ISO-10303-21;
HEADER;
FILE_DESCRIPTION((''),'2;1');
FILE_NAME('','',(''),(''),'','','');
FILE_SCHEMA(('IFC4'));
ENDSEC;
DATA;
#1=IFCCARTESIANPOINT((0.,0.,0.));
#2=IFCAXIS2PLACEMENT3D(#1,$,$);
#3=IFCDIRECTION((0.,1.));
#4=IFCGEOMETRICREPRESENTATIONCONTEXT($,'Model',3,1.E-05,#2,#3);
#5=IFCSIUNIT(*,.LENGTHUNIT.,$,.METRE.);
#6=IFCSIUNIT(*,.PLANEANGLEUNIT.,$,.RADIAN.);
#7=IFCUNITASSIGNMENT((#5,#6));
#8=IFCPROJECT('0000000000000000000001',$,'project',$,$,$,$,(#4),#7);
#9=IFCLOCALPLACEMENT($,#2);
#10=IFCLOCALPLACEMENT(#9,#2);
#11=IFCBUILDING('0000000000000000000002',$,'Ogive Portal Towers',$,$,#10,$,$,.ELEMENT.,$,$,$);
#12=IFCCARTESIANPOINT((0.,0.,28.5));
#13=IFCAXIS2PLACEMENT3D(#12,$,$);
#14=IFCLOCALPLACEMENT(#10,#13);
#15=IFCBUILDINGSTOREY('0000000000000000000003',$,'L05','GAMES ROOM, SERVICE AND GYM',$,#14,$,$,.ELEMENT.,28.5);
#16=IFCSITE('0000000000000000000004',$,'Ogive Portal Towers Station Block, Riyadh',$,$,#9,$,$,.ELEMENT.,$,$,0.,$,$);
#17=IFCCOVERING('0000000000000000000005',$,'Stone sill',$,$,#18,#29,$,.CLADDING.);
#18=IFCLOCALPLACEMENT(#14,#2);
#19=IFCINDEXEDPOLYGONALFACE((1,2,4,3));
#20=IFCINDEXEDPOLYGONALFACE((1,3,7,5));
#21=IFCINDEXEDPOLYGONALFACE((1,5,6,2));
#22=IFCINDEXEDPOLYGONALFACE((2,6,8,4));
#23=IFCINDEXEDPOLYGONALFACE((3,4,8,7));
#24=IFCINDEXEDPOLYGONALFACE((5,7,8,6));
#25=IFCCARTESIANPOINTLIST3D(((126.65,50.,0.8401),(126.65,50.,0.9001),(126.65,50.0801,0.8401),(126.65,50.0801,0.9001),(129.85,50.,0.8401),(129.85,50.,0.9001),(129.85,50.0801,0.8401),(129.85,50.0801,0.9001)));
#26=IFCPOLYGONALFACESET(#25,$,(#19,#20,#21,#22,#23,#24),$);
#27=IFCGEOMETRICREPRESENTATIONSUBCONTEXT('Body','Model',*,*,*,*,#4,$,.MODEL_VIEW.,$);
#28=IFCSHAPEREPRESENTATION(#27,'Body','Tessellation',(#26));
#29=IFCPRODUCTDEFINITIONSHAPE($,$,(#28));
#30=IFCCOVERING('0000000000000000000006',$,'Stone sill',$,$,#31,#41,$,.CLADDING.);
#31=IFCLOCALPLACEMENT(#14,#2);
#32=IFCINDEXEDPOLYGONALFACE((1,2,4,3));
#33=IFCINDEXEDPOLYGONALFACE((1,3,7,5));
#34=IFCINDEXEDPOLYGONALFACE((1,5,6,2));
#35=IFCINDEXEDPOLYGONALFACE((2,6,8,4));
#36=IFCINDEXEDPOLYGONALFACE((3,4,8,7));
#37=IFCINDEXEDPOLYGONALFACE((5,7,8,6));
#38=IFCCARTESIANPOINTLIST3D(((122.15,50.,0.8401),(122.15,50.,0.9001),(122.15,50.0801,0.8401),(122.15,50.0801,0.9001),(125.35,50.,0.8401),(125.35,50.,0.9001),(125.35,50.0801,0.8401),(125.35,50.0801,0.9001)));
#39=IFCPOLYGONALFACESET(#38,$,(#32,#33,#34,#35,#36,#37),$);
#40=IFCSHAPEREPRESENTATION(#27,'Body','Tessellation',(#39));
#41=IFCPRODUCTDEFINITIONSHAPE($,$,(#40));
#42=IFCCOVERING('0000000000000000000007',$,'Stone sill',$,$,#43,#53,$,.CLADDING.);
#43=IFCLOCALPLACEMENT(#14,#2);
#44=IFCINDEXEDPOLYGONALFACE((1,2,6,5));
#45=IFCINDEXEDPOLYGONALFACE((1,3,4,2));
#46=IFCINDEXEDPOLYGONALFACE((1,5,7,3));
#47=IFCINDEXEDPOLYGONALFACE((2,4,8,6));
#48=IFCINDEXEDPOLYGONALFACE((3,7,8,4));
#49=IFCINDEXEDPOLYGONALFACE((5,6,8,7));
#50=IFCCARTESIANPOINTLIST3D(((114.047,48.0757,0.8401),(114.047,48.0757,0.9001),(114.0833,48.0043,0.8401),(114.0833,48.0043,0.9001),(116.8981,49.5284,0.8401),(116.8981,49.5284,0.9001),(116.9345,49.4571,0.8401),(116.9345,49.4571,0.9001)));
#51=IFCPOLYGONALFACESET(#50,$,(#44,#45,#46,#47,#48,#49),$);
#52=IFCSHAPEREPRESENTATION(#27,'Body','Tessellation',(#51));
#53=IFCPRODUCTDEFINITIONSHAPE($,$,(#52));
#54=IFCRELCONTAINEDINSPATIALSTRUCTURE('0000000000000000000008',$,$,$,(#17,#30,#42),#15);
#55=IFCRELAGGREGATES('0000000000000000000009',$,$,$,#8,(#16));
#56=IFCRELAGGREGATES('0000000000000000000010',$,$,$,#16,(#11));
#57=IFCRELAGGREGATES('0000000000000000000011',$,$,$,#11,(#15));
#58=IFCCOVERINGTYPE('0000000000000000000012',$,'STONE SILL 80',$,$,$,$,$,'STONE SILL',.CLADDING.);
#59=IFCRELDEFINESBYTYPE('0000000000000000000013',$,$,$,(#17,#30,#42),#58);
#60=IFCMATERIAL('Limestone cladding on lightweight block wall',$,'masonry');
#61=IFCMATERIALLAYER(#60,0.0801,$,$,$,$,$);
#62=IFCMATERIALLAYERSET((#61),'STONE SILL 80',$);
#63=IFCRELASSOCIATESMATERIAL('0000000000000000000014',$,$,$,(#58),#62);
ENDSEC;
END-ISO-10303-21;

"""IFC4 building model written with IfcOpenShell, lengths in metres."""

from ifc_helpers import new_model, si_unit, direction, frame, origin, origin_2d, place, context, subcontext, project, spatial, rectangle, extrude, material, layer, layer_set, type_object, element, save


model = new_model("IFC4")

# Units and contexts
model_context = context("Model", 3, precision=1e-05, world=origin(), true_north=direction((0.0, 1.0)))
body_context = subcontext(model_context, "Body", "Model", "MODEL_VIEW")
ifc_project = project(units=[si_unit("LENGTHUNIT", "METRE"), si_unit("PLANEANGLEUNIT", "RADIAN")], contexts=[model_context])

# Site, building, storey
site_placement = place(None, origin())
site = spatial("IfcSite", under=ifc_project, at=site_placement, Name="Ogive Portal Towers Station Block, Riyadh", CompositionType="ELEMENT", RefElevation=0.0)
building_placement = place(site_placement, origin())
building = spatial("IfcBuilding", under=site, at=building_placement, Name="Ogive Portal Towers", CompositionType="ELEMENT")
storey_placement = place(building_placement, frame((0.0, 0.0, 28.5)))
storey = spatial("IfcBuildingStorey", under=building, at=storey_placement, Name="L05", Description="GAMES ROOM, SERVICE AND GYM", CompositionType="ELEMENT", Elevation=28.5)

# Shared definitions
ifc_material_1 = material(Name="Limestone cladding on lightweight block wall", Category="masonry")

# Coverings
ifc_layer_1 = layer(ifc_material_1, 0.0801)
ifc_layer_set_1 = layer_set([ifc_layer_1], Name="STONE SILL 80")
covering_type = type_object("IfcCoveringType", Name="STONE SILL 80", ElementType="STONE SILL", PredefinedType="CLADDING", material=ifc_layer_set_1)
for number, where, z_axis, x_axis, name in (
    (1, (128.25, 50.04, 0.8401), (0.0, 0.0, 1.0), (-1.0, 0.0, 0.0), "Stone sill"),
    (2, (123.75, 50.04, 0.8401), (0.0, 0.0, 1.0), (-1.0, 0.0, 0.0), "Stone sill"),
    (3, (115.4907, 48.7664, 0.8401), (0.0, 0.0, 1.0), (-0.891007, -0.45399, 0.0), "Stone sill"),
):
    element("IfcCovering", number, at=place(storey_placement, frame(where, z_axis=z_axis, x_axis=x_axis)), inside=storey, type_object=covering_type, Name=name, PredefinedType="CLADDING", context=body_context, shape_type="SweptSolid", body=[
        extrude(rectangle(XDim=3.2, YDim=0.0801, at=origin_2d()), origin(), (0.0, 0.0, 1.0), 0.0601),
    ])

save(model, "model.ifc")
